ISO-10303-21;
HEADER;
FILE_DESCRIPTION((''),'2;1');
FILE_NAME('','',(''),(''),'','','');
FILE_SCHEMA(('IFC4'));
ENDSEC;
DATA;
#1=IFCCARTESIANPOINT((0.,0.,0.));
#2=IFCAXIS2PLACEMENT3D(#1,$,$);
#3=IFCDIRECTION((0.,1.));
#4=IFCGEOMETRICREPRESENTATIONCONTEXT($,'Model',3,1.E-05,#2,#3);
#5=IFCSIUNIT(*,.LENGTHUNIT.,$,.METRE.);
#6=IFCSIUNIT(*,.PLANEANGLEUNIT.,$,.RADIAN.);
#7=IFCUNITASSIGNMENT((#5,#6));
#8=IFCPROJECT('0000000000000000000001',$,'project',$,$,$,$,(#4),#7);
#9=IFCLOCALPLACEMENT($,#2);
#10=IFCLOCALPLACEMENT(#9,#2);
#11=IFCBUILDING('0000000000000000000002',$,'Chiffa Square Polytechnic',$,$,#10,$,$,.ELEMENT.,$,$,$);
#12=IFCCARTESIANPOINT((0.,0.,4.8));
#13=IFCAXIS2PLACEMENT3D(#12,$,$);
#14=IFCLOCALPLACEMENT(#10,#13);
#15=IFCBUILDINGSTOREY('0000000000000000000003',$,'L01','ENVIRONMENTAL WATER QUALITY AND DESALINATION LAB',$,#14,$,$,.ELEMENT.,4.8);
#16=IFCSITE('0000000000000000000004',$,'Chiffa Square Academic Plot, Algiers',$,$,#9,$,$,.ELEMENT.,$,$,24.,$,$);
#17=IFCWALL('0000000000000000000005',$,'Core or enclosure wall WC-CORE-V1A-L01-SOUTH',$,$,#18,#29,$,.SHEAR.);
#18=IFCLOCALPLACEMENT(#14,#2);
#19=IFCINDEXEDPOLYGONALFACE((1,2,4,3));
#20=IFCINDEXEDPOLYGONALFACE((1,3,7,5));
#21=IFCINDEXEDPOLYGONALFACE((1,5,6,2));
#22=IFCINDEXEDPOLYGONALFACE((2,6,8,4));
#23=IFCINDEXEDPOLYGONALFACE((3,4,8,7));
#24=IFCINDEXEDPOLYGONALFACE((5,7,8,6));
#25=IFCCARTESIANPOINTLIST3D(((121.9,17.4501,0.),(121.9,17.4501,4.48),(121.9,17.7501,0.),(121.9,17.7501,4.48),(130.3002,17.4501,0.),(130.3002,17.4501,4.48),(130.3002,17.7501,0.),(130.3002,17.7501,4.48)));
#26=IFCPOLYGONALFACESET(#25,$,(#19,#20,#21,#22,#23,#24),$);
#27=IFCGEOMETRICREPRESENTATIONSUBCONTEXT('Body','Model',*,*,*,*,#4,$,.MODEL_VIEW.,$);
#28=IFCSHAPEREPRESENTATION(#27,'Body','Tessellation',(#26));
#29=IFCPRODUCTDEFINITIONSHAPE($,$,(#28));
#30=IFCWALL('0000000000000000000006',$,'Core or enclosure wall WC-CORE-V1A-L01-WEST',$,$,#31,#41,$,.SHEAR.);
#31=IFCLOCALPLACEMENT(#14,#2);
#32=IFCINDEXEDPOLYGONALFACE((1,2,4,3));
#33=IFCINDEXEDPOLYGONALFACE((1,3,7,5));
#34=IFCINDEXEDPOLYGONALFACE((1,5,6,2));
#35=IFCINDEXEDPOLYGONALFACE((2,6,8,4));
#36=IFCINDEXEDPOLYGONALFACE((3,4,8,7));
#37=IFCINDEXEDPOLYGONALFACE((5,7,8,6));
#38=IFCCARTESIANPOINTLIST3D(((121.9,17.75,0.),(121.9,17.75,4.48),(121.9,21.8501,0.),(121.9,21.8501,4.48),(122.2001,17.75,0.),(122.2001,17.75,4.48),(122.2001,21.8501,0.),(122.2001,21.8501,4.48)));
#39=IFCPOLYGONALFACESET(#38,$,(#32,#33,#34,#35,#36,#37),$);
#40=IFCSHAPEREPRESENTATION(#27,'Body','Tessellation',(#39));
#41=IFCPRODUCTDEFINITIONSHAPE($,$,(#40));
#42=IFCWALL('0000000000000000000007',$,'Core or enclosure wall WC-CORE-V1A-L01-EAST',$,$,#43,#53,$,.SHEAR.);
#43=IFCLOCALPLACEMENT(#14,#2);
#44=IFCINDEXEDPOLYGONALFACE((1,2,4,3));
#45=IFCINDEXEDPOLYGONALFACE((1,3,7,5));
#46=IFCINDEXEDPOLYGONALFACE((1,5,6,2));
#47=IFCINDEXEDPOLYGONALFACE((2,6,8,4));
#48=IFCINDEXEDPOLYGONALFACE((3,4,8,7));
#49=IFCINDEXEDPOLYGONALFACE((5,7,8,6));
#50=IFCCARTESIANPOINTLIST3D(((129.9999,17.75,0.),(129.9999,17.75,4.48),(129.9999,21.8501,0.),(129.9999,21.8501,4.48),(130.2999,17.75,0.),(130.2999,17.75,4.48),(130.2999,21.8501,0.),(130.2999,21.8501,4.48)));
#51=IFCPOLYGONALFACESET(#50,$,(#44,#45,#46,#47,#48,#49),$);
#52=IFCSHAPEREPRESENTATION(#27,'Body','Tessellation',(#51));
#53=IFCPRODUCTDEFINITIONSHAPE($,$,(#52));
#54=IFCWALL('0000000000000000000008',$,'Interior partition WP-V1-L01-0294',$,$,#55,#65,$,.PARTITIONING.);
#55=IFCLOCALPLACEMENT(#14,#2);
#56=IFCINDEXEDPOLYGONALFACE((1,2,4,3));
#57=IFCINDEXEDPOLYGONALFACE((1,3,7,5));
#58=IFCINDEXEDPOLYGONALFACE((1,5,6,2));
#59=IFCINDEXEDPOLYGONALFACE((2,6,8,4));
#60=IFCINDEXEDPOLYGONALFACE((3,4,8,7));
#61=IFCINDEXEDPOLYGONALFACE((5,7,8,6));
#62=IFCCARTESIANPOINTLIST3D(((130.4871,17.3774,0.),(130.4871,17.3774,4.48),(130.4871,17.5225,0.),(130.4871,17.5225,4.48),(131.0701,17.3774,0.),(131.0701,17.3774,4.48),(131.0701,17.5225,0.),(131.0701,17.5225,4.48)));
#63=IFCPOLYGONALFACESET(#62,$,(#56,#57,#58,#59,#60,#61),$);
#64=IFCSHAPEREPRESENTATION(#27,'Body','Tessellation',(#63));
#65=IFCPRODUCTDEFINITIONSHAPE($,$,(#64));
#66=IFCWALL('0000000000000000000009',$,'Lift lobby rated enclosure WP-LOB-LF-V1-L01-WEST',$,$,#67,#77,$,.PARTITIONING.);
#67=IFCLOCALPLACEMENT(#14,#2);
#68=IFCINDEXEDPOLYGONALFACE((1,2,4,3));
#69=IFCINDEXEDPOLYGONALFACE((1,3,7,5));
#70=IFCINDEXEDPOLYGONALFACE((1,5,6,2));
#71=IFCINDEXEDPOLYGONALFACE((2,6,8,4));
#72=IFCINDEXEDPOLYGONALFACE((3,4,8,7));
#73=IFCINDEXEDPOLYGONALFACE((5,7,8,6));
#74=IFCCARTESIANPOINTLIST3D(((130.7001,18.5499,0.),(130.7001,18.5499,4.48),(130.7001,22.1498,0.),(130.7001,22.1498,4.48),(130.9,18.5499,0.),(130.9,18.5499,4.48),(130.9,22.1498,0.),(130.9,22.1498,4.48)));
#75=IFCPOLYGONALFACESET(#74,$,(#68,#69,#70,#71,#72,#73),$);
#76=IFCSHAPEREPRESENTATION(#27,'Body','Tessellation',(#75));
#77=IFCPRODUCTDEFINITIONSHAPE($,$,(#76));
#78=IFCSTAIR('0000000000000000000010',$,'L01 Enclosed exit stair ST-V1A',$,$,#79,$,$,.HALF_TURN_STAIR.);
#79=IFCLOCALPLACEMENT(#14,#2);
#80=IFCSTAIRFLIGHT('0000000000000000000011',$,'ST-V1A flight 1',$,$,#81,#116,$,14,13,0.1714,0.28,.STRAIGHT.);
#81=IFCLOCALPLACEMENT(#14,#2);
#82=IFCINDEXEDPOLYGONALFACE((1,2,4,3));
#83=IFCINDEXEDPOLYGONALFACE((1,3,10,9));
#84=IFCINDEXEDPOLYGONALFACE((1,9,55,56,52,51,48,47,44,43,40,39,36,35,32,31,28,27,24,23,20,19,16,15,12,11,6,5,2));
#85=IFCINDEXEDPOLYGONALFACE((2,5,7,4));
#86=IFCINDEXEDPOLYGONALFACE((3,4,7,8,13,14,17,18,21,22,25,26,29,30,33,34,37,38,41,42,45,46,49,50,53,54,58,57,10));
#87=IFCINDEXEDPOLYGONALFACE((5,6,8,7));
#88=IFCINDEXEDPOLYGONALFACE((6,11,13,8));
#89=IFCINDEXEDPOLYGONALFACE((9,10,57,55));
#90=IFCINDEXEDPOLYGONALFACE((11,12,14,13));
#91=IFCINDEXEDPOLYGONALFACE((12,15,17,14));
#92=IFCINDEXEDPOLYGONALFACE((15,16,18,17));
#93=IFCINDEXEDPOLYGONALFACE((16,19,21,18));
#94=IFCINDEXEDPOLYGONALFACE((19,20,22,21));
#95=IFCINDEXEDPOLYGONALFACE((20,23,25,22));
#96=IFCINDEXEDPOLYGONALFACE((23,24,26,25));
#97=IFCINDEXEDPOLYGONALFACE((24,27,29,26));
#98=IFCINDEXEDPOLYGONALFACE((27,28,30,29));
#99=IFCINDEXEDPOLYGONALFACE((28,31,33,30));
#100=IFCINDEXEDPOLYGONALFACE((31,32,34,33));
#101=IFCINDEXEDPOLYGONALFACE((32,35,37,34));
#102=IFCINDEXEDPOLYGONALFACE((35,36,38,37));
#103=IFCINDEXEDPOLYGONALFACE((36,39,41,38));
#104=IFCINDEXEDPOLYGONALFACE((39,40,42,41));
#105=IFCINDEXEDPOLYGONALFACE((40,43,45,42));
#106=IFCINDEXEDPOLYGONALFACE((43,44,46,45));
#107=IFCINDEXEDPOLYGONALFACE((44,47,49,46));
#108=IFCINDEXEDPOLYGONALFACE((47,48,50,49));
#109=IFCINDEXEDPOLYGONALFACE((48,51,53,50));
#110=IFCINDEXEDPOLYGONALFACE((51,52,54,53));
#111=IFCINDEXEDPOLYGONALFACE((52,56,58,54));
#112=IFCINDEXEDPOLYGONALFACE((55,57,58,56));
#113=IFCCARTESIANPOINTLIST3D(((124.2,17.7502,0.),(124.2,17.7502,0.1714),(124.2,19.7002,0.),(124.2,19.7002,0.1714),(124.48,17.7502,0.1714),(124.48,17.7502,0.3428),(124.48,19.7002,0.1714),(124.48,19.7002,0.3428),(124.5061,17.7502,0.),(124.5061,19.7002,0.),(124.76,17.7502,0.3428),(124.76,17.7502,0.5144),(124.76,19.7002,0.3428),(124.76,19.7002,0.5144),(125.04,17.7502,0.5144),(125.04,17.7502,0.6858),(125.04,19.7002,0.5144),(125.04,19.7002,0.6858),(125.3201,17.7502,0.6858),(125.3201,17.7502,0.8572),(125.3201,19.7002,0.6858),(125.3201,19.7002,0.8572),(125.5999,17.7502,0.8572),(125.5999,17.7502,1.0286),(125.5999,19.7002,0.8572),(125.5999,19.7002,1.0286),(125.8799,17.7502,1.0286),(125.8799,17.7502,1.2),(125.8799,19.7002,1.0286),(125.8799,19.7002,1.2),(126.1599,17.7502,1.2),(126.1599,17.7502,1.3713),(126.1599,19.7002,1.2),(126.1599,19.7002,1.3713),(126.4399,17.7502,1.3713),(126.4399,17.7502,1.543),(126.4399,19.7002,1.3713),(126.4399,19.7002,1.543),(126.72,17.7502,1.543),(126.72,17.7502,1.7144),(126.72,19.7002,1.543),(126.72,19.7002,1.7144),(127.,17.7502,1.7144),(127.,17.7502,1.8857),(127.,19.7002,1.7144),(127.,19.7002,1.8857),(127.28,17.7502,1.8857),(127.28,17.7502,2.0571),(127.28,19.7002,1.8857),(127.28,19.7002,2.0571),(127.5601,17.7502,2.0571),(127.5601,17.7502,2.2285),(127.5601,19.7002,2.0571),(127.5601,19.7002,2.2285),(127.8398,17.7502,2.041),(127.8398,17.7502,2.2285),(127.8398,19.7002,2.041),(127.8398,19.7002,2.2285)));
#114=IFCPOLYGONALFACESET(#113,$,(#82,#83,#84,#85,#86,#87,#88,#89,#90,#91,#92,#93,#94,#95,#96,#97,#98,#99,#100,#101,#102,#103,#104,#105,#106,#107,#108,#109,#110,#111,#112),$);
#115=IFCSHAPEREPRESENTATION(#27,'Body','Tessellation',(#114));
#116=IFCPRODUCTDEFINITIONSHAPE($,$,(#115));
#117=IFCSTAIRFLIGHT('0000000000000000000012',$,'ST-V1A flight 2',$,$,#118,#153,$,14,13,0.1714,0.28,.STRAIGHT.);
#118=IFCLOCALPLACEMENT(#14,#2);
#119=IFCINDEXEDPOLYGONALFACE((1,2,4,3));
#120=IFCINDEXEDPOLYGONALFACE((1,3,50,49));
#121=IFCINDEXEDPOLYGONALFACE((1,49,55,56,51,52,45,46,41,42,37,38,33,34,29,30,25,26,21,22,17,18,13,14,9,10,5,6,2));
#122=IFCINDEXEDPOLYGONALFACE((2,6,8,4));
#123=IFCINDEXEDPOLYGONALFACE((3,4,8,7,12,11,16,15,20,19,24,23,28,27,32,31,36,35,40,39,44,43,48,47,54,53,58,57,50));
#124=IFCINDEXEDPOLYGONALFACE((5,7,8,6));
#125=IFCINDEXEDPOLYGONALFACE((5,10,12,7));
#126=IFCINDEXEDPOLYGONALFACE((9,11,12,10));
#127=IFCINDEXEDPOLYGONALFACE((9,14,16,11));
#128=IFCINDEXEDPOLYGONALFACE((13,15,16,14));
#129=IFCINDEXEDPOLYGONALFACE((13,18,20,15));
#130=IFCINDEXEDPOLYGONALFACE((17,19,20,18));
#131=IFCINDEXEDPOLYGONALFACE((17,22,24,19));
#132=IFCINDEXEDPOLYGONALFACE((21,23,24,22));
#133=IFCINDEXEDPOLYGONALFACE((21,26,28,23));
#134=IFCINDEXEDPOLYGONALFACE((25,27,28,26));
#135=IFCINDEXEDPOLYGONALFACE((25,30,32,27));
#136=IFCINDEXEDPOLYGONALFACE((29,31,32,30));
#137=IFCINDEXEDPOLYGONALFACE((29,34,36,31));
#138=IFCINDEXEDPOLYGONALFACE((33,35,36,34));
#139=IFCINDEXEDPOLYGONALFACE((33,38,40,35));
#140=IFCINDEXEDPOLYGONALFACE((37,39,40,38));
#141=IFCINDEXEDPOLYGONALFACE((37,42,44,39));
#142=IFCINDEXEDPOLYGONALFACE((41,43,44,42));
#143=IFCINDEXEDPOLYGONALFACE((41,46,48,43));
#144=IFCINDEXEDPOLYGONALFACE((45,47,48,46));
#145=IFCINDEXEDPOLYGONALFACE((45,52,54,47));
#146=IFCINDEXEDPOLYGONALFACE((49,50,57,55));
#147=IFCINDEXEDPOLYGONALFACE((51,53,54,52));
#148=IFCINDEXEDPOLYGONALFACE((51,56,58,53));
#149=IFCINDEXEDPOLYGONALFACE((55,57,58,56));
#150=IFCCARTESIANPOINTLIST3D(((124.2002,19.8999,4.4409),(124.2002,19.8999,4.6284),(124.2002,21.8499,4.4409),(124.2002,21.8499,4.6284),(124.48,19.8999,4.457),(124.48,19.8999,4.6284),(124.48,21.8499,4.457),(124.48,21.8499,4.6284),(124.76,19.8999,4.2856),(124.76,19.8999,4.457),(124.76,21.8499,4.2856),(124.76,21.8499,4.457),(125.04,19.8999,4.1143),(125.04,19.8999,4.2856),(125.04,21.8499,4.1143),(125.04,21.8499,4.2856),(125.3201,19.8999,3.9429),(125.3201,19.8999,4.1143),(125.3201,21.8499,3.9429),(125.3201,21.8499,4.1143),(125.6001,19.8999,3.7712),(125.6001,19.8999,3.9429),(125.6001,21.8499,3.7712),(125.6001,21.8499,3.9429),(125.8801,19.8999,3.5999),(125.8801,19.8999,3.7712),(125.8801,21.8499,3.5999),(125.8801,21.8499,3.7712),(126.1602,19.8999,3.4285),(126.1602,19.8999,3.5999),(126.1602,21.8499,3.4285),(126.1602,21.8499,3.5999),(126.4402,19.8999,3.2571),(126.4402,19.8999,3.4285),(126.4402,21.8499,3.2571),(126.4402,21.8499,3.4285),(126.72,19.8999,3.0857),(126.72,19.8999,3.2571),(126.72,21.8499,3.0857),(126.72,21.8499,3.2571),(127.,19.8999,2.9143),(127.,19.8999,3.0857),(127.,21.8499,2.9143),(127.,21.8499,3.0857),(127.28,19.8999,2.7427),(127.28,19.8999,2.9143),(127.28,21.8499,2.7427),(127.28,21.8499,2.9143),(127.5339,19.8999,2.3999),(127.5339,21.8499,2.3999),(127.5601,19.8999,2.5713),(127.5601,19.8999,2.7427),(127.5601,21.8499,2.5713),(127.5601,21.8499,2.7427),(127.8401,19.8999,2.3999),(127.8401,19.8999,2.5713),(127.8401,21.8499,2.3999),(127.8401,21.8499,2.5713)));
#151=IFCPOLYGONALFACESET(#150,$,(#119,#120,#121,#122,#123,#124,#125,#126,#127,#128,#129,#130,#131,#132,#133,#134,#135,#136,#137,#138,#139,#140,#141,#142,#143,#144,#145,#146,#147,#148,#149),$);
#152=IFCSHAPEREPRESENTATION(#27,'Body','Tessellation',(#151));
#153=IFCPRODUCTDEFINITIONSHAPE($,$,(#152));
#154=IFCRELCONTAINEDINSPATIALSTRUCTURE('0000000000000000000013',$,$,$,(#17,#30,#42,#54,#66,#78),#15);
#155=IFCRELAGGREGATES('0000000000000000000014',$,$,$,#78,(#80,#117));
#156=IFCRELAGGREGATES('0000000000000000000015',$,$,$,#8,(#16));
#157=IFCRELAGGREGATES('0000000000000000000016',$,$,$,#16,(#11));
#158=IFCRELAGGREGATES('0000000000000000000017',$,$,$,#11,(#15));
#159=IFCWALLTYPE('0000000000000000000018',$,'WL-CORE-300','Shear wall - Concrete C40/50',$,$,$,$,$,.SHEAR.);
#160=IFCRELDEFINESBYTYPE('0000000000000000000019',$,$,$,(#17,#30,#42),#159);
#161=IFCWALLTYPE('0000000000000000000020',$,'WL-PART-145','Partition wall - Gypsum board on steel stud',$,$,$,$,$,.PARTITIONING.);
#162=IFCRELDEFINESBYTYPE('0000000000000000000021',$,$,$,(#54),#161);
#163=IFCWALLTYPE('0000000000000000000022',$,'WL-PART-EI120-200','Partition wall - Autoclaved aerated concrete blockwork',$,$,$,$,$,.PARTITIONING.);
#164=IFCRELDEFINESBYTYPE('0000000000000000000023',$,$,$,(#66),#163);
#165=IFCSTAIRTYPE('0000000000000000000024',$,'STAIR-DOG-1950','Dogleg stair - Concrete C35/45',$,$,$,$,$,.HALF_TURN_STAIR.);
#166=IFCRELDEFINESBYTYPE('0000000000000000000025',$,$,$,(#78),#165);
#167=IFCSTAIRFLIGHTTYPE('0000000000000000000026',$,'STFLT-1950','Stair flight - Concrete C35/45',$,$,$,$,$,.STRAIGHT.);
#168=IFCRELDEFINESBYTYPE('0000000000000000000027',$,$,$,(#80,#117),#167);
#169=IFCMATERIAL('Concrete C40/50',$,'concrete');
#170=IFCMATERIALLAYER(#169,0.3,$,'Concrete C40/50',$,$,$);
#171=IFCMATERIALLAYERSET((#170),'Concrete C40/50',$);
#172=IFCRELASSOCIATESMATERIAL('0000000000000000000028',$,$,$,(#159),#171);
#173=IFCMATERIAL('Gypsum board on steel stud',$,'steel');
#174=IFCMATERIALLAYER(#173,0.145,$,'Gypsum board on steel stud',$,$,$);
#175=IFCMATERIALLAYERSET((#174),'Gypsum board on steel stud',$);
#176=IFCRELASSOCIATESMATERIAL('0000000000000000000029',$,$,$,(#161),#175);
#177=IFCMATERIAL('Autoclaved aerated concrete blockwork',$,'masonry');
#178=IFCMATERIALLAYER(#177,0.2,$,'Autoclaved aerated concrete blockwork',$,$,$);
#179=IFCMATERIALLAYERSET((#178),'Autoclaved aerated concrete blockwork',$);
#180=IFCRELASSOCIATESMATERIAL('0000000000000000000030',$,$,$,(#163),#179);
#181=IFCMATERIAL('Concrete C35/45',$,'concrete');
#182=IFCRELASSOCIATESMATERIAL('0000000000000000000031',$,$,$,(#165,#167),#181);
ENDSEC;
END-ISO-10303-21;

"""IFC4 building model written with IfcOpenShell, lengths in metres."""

from ifc_helpers import new_model, si_unit, direction, frame, frame_2d, origin, place, context, subcontext, project, spatial, polyline, rectangle, outline, extrude, material, layer, layer_set, type_object, element, aggregate, save


model = new_model("IFC4")

# Units and contexts
model_context = context("Model", 3, precision=1e-05, world=origin(), true_north=direction((0.0, 1.0)))
body_context = subcontext(model_context, "Body", "Model", "MODEL_VIEW")
ifc_project = project(units=[si_unit("LENGTHUNIT", "METRE"), si_unit("PLANEANGLEUNIT", "RADIAN")], contexts=[model_context])

# Site, building, storey
site_placement = place(None, origin())
site = spatial("IfcSite", under=ifc_project, at=site_placement, Name="Chiffa Square Academic Plot, Algiers", CompositionType="ELEMENT", RefElevation=24.0)
building_placement = place(site_placement, origin())
building = spatial("IfcBuilding", under=site, at=building_placement, Name="Chiffa Square Polytechnic", CompositionType="ELEMENT")
storey_placement = place(building_placement, frame((0.0, 0.0, 4.8)))
storey = spatial("IfcBuildingStorey", under=building, at=storey_placement, Name="L01", Description="ENVIRONMENTAL WATER QUALITY AND DESALINATION LAB", CompositionType="ELEMENT", Elevation=4.8)

# Walls
ifc_material_1 = material(Name="Concrete C40/50", Category="concrete")
ifc_layer_1 = layer(ifc_material_1, 0.3, Name="Concrete C40/50")
ifc_layer_set_1 = layer_set([ifc_layer_1], Name="Concrete C40/50")
wall_type_1 = type_object("IfcWallType", Name="WL-CORE-300", Description="Shear wall - Concrete C40/50", PredefinedType="SHEAR", material=ifc_layer_set_1)
wall_1_placement = place(storey_placement, frame((121.8999, 17.6001, 0.0), z_axis=(0.0, 0.0, 1.0), x_axis=(1.0, 0.0, 0.0)))
element("IfcWall", 1, at=wall_1_placement, inside=storey, type_object=wall_type_1, Name="Core or enclosure wall WC-CORE-V1A-L01-SOUTH", PredefinedType="SHEAR", context=body_context, shape_type="SweptSolid", body=[
    extrude(rectangle(XDim=8.4001, YDim=0.3, at=frame_2d((4.2002, 0.0))), origin(), (0.0, 0.0, 1.0), 4.48),
])
for number, where, z_axis, x_axis, name in (
    (2, (122.05, 17.75, 0.0), (0.0, 0.0, 1.0), (0.0, 1.0, 0.0), "Core or enclosure wall WC-CORE-V1A-L01-WEST"),
    (3, (130.1499, 17.75, 0.0), (0.0, 0.0, 1.0), (0.0, 1.0, 0.0), "Core or enclosure wall WC-CORE-V1A-L01-EAST"),
):
    element("IfcWall", number, at=place(storey_placement, frame(where, z_axis=z_axis, x_axis=x_axis)), inside=storey, type_object=wall_type_1, Name=name, PredefinedType="SHEAR", context=body_context, shape_type="SweptSolid", body=[
        extrude(rectangle(XDim=4.1001, YDim=0.3, at=frame_2d((2.05, 0.0))), origin(), (0.0, 0.0, 1.0), 4.48),
    ])
ifc_material_2 = material(Name="Gypsum board on steel stud", Category="steel")
ifc_layer_2 = layer(ifc_material_2, 0.145, Name="Gypsum board on steel stud")
ifc_layer_set_2 = layer_set([ifc_layer_2], Name="Gypsum board on steel stud")
wall_type_2 = type_object("IfcWallType", Name="WL-PART-145", Description="Partition wall - Gypsum board on steel stud", PredefinedType="PARTITIONING", material=ifc_layer_set_2)
wall_2_placement = place(storey_placement, frame((130.4871, 17.45, 0.0), z_axis=(0.0, 0.0, 1.0), x_axis=(1.0, 0.0, 0.0)))
element("IfcWall", 4, at=wall_2_placement, inside=storey, type_object=wall_type_2, Name="Interior partition WP-V1-L01-0294", PredefinedType="PARTITIONING", context=body_context, shape_type="SweptSolid", body=[
    extrude(rectangle(XDim=0.583, YDim=0.145, at=frame_2d((0.2915, 0.0))), origin(), (0.0, 0.0, 1.0), 4.48),
])
ifc_material_3 = material(Name="Autoclaved aerated concrete blockwork", Category="masonry")
ifc_layer_3 = layer(ifc_material_3, 0.2, Name="Autoclaved aerated concrete blockwork")
ifc_layer_set_3 = layer_set([ifc_layer_3], Name="Autoclaved aerated concrete blockwork")
wall_type_3 = type_object("IfcWallType", Name="WL-PART-EI120-200", Description="Partition wall - Autoclaved aerated concrete blockwork", PredefinedType="PARTITIONING", material=ifc_layer_set_3)
wall_3_placement = place(storey_placement, frame((130.8, 18.55, 0.0), z_axis=(0.0, 0.0, 1.0), x_axis=(0.0, 1.0, 0.0)))
element("IfcWall", 5, at=wall_3_placement, inside=storey, type_object=wall_type_3, Name="Lift lobby rated enclosure WP-LOB-LF-V1-L01-WEST", PredefinedType="PARTITIONING", context=body_context, shape_type="SweptSolid", body=[
    extrude(rectangle(XDim=3.5999, YDim=0.2, at=frame_2d((1.7998, 0.0))), origin(), (0.0, 0.0, 1.0), 4.48),
])

# Shared definitions
ifc_material_4 = material(Name="Concrete C35/45", Category="concrete")

# Stair, stair flights
stair_type = type_object("IfcStairType", Name="STAIR-DOG-1950", Description="Dogleg stair - Concrete C35/45", PredefinedType="HALF_TURN_STAIR", material=ifc_material_4)
stair_placement = place(storey_placement, origin())
stair = element("IfcStair", 6, at=stair_placement, inside=storey, type_object=stair_type, Name="L01 Enclosed exit stair ST-V1A", PredefinedType="HALF_TURN_STAIR")
stair_flight_type = type_object("IfcStairFlightType", Name="STFLT-1950", Description="Stair flight - Concrete C35/45", PredefinedType="STRAIGHT", material=ifc_material_4)
stair_flight_1_placement = place(storey_placement, frame((124.2, 18.7251, 0.0), z_axis=(0.0, 0.0, 1.0), x_axis=(1.0, 0.0, 0.0)))
stair_flight_1 = element("IfcStairFlight", 7, at=stair_flight_1_placement, type_object=stair_flight_type, Name="ST-V1A flight 1", NumberOfRisers=14, NumberOfTreads=13, PredefinedType="STRAIGHT", RiserHeight=0.1714, TreadLength=0.28, context=body_context, shape_type="SweptSolid", body=[
    extrude(outline(polyline([(0.0, 0.0), (0.0, 0.1714), (0.28, 0.1714), (0.28, 0.3428), (0.5601, 0.3428), (0.5601, 0.5144), (0.8401, 0.5144), (0.8401, 0.6858), (1.1201, 0.6858), (1.1201, 0.8572), (1.3999, 0.8572), (1.3999, 1.0286), (1.6799, 1.0286), (1.6799, 1.2), (1.96, 1.2), (1.96, 1.3713), (2.24, 1.3713), (2.24, 1.543), (2.52, 1.543), (2.52, 1.7144), (2.8, 1.7144), (2.8, 1.8857), (3.0801, 1.8857), (3.0801, 2.0571), (3.3601, 2.0571), (3.3601, 2.2285), (3.6399, 2.2285), (3.6399, 2.3999), (3.6399, 2.041), (0.3062, 0.0), (0.0, 0.0)])), frame((0.0, 0.9751, 0.0), z_axis=(0.0, -1.0, 0.0), x_axis=(1.0, 0.0, 0.0)), (0.0, 0.0, 1.0), 1.95),
])
stair_flight_2_placement = place(storey_placement, frame((127.8401, 20.875, 2.3999), z_axis=(0.0, 0.0, 1.0), x_axis=(-1.0, 0.0, 0.0)))
stair_flight_2 = element("IfcStairFlight", 8, at=stair_flight_2_placement, type_object=stair_flight_type, Name="ST-V1A flight 2", NumberOfRisers=14, NumberOfTreads=13, PredefinedType="STRAIGHT", RiserHeight=0.1714, TreadLength=0.28, context=body_context, shape_type="SweptSolid", body=[
    extrude(outline(polyline([(0.0, 0.0), (0.0, 0.1714), (0.28, 0.1714), (0.28, 0.3428), (0.5601, 0.3428), (0.5601, 0.5144), (0.8401, 0.5144), (0.8401, 0.6858), (1.1201, 0.6858), (1.1201, 0.8572), (1.3999, 0.8572), (1.3999, 1.0286), (1.6799, 1.0286), (1.6799, 1.2), (1.96, 1.2), (1.96, 1.3713), (2.24, 1.3713), (2.24, 1.543), (2.52, 1.543), (2.52, 1.7144), (2.8, 1.7144), (2.8, 1.8857), (3.0801, 1.8857), (3.0801, 2.0571), (3.3601, 2.0571), (3.3601, 2.2285), (3.6399, 2.2285), (3.6399, 2.3999), (3.6399, 2.041), (0.3062, 0.0), (0.0, 0.0)])), frame((0.0, 0.9751, 0.0), z_axis=(0.0, -1.0, 0.0), x_axis=(1.0, 0.0, 0.0)), (0.0, 0.0, 1.0), 1.95),
])
aggregate(stair, [stair_flight_1, stair_flight_2])

save(model, "model.ifc")
